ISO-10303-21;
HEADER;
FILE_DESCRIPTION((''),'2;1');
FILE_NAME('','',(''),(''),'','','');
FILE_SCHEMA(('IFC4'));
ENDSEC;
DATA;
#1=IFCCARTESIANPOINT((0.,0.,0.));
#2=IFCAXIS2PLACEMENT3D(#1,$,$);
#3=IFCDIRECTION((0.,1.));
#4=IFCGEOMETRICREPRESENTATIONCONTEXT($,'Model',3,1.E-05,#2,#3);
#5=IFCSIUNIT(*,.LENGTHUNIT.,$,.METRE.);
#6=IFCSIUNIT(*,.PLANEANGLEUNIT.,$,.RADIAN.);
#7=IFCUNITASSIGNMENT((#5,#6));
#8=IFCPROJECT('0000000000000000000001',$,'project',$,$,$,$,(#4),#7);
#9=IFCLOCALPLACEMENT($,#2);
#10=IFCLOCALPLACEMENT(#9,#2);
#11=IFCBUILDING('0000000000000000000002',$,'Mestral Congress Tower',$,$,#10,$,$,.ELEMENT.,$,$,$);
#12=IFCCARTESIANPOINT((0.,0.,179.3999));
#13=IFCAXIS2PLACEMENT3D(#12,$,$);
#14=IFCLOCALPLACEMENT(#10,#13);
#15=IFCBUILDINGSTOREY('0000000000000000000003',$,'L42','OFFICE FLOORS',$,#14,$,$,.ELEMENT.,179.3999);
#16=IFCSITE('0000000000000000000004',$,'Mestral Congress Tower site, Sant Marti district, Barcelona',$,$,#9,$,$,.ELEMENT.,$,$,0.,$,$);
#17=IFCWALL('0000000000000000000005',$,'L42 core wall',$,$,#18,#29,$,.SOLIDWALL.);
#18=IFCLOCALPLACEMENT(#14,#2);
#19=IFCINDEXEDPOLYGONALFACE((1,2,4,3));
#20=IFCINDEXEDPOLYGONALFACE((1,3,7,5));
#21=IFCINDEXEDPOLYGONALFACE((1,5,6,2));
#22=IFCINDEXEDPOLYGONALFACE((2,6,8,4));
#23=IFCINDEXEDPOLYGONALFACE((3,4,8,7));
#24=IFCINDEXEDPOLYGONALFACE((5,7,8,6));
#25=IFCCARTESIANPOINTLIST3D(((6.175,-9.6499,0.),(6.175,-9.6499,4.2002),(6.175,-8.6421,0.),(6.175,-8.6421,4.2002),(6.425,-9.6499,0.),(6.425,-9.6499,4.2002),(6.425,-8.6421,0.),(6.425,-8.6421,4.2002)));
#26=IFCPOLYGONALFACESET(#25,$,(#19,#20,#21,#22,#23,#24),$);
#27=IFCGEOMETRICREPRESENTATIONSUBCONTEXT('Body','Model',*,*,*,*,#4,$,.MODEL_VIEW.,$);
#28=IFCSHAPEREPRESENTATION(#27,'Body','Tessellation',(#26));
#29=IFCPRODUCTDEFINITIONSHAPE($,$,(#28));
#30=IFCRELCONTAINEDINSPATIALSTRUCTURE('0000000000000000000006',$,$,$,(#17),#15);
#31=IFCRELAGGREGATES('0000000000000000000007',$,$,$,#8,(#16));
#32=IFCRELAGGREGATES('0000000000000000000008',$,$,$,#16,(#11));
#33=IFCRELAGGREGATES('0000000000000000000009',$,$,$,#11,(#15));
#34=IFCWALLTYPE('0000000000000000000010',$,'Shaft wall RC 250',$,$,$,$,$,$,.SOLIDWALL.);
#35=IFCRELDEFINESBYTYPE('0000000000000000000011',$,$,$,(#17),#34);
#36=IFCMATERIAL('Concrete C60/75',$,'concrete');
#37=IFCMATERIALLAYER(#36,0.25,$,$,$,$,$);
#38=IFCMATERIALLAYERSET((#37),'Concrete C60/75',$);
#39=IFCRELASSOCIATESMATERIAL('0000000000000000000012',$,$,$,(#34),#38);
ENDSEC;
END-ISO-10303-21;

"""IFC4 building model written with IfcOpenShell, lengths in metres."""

from ifc_helpers import new_model, si_unit, direction, frame, frame_2d, origin, place, context, subcontext, project, spatial, rectangle, extrude, material, layer, layer_set, type_object, element, save


model = new_model("IFC4")

# Units and contexts
model_context = context("Model", 3, precision=1e-05, world=origin(), true_north=direction((0.0, 1.0)))
body_context = subcontext(model_context, "Body", "Model", "MODEL_VIEW")
ifc_project = project(units=[si_unit("LENGTHUNIT", "METRE"), si_unit("PLANEANGLEUNIT", "RADIAN")], contexts=[model_context])

# Site, building, storey
site_placement = place(None, origin())
site = spatial("IfcSite", under=ifc_project, at=site_placement, Name="Mestral Congress Tower site, Sant Marti district, Barcelona", CompositionType="ELEMENT", RefElevation=0.0)
building_placement = place(site_placement, origin())
building = spatial("IfcBuilding", under=site, at=building_placement, Name="Mestral Congress Tower", CompositionType="ELEMENT")
storey_placement = place(building_placement, frame((0.0, 0.0, 179.3999)))
storey = spatial("IfcBuildingStorey", under=building, at=storey_placement, Name="L42", Description="OFFICE FLOORS", CompositionType="ELEMENT", Elevation=179.3999)

# Shared definitions
ifc_material_1 = material(Name="Concrete C60/75", Category="concrete")

# Wall
ifc_layer_1 = layer(ifc_material_1, 0.25)
ifc_layer_set_1 = layer_set([ifc_layer_1], Name="Concrete C60/75")
wall_type_1 = type_object("IfcWallType", Name="Shaft wall RC 250", PredefinedType="SOLIDWALL", material=ifc_layer_set_1)
wall_1_placement = place(storey_placement, frame((6.3, -9.6499, 0.0), z_axis=(0.0, 0.0, 1.0), x_axis=(0.0, 1.0, 0.0)))
element("IfcWall", 1, at=wall_1_placement, inside=storey, type_object=wall_type_1, Name="L42 core wall", PredefinedType="SOLIDWALL", context=body_context, shape_type="SweptSolid", body=[
    extrude(rectangle(XDim=1.0078, YDim=0.25, at=frame_2d((0.5039, 0.0))), origin(), (0.0, 0.0, 1.0), 4.2002),
])

save(model, "model.ifc")
